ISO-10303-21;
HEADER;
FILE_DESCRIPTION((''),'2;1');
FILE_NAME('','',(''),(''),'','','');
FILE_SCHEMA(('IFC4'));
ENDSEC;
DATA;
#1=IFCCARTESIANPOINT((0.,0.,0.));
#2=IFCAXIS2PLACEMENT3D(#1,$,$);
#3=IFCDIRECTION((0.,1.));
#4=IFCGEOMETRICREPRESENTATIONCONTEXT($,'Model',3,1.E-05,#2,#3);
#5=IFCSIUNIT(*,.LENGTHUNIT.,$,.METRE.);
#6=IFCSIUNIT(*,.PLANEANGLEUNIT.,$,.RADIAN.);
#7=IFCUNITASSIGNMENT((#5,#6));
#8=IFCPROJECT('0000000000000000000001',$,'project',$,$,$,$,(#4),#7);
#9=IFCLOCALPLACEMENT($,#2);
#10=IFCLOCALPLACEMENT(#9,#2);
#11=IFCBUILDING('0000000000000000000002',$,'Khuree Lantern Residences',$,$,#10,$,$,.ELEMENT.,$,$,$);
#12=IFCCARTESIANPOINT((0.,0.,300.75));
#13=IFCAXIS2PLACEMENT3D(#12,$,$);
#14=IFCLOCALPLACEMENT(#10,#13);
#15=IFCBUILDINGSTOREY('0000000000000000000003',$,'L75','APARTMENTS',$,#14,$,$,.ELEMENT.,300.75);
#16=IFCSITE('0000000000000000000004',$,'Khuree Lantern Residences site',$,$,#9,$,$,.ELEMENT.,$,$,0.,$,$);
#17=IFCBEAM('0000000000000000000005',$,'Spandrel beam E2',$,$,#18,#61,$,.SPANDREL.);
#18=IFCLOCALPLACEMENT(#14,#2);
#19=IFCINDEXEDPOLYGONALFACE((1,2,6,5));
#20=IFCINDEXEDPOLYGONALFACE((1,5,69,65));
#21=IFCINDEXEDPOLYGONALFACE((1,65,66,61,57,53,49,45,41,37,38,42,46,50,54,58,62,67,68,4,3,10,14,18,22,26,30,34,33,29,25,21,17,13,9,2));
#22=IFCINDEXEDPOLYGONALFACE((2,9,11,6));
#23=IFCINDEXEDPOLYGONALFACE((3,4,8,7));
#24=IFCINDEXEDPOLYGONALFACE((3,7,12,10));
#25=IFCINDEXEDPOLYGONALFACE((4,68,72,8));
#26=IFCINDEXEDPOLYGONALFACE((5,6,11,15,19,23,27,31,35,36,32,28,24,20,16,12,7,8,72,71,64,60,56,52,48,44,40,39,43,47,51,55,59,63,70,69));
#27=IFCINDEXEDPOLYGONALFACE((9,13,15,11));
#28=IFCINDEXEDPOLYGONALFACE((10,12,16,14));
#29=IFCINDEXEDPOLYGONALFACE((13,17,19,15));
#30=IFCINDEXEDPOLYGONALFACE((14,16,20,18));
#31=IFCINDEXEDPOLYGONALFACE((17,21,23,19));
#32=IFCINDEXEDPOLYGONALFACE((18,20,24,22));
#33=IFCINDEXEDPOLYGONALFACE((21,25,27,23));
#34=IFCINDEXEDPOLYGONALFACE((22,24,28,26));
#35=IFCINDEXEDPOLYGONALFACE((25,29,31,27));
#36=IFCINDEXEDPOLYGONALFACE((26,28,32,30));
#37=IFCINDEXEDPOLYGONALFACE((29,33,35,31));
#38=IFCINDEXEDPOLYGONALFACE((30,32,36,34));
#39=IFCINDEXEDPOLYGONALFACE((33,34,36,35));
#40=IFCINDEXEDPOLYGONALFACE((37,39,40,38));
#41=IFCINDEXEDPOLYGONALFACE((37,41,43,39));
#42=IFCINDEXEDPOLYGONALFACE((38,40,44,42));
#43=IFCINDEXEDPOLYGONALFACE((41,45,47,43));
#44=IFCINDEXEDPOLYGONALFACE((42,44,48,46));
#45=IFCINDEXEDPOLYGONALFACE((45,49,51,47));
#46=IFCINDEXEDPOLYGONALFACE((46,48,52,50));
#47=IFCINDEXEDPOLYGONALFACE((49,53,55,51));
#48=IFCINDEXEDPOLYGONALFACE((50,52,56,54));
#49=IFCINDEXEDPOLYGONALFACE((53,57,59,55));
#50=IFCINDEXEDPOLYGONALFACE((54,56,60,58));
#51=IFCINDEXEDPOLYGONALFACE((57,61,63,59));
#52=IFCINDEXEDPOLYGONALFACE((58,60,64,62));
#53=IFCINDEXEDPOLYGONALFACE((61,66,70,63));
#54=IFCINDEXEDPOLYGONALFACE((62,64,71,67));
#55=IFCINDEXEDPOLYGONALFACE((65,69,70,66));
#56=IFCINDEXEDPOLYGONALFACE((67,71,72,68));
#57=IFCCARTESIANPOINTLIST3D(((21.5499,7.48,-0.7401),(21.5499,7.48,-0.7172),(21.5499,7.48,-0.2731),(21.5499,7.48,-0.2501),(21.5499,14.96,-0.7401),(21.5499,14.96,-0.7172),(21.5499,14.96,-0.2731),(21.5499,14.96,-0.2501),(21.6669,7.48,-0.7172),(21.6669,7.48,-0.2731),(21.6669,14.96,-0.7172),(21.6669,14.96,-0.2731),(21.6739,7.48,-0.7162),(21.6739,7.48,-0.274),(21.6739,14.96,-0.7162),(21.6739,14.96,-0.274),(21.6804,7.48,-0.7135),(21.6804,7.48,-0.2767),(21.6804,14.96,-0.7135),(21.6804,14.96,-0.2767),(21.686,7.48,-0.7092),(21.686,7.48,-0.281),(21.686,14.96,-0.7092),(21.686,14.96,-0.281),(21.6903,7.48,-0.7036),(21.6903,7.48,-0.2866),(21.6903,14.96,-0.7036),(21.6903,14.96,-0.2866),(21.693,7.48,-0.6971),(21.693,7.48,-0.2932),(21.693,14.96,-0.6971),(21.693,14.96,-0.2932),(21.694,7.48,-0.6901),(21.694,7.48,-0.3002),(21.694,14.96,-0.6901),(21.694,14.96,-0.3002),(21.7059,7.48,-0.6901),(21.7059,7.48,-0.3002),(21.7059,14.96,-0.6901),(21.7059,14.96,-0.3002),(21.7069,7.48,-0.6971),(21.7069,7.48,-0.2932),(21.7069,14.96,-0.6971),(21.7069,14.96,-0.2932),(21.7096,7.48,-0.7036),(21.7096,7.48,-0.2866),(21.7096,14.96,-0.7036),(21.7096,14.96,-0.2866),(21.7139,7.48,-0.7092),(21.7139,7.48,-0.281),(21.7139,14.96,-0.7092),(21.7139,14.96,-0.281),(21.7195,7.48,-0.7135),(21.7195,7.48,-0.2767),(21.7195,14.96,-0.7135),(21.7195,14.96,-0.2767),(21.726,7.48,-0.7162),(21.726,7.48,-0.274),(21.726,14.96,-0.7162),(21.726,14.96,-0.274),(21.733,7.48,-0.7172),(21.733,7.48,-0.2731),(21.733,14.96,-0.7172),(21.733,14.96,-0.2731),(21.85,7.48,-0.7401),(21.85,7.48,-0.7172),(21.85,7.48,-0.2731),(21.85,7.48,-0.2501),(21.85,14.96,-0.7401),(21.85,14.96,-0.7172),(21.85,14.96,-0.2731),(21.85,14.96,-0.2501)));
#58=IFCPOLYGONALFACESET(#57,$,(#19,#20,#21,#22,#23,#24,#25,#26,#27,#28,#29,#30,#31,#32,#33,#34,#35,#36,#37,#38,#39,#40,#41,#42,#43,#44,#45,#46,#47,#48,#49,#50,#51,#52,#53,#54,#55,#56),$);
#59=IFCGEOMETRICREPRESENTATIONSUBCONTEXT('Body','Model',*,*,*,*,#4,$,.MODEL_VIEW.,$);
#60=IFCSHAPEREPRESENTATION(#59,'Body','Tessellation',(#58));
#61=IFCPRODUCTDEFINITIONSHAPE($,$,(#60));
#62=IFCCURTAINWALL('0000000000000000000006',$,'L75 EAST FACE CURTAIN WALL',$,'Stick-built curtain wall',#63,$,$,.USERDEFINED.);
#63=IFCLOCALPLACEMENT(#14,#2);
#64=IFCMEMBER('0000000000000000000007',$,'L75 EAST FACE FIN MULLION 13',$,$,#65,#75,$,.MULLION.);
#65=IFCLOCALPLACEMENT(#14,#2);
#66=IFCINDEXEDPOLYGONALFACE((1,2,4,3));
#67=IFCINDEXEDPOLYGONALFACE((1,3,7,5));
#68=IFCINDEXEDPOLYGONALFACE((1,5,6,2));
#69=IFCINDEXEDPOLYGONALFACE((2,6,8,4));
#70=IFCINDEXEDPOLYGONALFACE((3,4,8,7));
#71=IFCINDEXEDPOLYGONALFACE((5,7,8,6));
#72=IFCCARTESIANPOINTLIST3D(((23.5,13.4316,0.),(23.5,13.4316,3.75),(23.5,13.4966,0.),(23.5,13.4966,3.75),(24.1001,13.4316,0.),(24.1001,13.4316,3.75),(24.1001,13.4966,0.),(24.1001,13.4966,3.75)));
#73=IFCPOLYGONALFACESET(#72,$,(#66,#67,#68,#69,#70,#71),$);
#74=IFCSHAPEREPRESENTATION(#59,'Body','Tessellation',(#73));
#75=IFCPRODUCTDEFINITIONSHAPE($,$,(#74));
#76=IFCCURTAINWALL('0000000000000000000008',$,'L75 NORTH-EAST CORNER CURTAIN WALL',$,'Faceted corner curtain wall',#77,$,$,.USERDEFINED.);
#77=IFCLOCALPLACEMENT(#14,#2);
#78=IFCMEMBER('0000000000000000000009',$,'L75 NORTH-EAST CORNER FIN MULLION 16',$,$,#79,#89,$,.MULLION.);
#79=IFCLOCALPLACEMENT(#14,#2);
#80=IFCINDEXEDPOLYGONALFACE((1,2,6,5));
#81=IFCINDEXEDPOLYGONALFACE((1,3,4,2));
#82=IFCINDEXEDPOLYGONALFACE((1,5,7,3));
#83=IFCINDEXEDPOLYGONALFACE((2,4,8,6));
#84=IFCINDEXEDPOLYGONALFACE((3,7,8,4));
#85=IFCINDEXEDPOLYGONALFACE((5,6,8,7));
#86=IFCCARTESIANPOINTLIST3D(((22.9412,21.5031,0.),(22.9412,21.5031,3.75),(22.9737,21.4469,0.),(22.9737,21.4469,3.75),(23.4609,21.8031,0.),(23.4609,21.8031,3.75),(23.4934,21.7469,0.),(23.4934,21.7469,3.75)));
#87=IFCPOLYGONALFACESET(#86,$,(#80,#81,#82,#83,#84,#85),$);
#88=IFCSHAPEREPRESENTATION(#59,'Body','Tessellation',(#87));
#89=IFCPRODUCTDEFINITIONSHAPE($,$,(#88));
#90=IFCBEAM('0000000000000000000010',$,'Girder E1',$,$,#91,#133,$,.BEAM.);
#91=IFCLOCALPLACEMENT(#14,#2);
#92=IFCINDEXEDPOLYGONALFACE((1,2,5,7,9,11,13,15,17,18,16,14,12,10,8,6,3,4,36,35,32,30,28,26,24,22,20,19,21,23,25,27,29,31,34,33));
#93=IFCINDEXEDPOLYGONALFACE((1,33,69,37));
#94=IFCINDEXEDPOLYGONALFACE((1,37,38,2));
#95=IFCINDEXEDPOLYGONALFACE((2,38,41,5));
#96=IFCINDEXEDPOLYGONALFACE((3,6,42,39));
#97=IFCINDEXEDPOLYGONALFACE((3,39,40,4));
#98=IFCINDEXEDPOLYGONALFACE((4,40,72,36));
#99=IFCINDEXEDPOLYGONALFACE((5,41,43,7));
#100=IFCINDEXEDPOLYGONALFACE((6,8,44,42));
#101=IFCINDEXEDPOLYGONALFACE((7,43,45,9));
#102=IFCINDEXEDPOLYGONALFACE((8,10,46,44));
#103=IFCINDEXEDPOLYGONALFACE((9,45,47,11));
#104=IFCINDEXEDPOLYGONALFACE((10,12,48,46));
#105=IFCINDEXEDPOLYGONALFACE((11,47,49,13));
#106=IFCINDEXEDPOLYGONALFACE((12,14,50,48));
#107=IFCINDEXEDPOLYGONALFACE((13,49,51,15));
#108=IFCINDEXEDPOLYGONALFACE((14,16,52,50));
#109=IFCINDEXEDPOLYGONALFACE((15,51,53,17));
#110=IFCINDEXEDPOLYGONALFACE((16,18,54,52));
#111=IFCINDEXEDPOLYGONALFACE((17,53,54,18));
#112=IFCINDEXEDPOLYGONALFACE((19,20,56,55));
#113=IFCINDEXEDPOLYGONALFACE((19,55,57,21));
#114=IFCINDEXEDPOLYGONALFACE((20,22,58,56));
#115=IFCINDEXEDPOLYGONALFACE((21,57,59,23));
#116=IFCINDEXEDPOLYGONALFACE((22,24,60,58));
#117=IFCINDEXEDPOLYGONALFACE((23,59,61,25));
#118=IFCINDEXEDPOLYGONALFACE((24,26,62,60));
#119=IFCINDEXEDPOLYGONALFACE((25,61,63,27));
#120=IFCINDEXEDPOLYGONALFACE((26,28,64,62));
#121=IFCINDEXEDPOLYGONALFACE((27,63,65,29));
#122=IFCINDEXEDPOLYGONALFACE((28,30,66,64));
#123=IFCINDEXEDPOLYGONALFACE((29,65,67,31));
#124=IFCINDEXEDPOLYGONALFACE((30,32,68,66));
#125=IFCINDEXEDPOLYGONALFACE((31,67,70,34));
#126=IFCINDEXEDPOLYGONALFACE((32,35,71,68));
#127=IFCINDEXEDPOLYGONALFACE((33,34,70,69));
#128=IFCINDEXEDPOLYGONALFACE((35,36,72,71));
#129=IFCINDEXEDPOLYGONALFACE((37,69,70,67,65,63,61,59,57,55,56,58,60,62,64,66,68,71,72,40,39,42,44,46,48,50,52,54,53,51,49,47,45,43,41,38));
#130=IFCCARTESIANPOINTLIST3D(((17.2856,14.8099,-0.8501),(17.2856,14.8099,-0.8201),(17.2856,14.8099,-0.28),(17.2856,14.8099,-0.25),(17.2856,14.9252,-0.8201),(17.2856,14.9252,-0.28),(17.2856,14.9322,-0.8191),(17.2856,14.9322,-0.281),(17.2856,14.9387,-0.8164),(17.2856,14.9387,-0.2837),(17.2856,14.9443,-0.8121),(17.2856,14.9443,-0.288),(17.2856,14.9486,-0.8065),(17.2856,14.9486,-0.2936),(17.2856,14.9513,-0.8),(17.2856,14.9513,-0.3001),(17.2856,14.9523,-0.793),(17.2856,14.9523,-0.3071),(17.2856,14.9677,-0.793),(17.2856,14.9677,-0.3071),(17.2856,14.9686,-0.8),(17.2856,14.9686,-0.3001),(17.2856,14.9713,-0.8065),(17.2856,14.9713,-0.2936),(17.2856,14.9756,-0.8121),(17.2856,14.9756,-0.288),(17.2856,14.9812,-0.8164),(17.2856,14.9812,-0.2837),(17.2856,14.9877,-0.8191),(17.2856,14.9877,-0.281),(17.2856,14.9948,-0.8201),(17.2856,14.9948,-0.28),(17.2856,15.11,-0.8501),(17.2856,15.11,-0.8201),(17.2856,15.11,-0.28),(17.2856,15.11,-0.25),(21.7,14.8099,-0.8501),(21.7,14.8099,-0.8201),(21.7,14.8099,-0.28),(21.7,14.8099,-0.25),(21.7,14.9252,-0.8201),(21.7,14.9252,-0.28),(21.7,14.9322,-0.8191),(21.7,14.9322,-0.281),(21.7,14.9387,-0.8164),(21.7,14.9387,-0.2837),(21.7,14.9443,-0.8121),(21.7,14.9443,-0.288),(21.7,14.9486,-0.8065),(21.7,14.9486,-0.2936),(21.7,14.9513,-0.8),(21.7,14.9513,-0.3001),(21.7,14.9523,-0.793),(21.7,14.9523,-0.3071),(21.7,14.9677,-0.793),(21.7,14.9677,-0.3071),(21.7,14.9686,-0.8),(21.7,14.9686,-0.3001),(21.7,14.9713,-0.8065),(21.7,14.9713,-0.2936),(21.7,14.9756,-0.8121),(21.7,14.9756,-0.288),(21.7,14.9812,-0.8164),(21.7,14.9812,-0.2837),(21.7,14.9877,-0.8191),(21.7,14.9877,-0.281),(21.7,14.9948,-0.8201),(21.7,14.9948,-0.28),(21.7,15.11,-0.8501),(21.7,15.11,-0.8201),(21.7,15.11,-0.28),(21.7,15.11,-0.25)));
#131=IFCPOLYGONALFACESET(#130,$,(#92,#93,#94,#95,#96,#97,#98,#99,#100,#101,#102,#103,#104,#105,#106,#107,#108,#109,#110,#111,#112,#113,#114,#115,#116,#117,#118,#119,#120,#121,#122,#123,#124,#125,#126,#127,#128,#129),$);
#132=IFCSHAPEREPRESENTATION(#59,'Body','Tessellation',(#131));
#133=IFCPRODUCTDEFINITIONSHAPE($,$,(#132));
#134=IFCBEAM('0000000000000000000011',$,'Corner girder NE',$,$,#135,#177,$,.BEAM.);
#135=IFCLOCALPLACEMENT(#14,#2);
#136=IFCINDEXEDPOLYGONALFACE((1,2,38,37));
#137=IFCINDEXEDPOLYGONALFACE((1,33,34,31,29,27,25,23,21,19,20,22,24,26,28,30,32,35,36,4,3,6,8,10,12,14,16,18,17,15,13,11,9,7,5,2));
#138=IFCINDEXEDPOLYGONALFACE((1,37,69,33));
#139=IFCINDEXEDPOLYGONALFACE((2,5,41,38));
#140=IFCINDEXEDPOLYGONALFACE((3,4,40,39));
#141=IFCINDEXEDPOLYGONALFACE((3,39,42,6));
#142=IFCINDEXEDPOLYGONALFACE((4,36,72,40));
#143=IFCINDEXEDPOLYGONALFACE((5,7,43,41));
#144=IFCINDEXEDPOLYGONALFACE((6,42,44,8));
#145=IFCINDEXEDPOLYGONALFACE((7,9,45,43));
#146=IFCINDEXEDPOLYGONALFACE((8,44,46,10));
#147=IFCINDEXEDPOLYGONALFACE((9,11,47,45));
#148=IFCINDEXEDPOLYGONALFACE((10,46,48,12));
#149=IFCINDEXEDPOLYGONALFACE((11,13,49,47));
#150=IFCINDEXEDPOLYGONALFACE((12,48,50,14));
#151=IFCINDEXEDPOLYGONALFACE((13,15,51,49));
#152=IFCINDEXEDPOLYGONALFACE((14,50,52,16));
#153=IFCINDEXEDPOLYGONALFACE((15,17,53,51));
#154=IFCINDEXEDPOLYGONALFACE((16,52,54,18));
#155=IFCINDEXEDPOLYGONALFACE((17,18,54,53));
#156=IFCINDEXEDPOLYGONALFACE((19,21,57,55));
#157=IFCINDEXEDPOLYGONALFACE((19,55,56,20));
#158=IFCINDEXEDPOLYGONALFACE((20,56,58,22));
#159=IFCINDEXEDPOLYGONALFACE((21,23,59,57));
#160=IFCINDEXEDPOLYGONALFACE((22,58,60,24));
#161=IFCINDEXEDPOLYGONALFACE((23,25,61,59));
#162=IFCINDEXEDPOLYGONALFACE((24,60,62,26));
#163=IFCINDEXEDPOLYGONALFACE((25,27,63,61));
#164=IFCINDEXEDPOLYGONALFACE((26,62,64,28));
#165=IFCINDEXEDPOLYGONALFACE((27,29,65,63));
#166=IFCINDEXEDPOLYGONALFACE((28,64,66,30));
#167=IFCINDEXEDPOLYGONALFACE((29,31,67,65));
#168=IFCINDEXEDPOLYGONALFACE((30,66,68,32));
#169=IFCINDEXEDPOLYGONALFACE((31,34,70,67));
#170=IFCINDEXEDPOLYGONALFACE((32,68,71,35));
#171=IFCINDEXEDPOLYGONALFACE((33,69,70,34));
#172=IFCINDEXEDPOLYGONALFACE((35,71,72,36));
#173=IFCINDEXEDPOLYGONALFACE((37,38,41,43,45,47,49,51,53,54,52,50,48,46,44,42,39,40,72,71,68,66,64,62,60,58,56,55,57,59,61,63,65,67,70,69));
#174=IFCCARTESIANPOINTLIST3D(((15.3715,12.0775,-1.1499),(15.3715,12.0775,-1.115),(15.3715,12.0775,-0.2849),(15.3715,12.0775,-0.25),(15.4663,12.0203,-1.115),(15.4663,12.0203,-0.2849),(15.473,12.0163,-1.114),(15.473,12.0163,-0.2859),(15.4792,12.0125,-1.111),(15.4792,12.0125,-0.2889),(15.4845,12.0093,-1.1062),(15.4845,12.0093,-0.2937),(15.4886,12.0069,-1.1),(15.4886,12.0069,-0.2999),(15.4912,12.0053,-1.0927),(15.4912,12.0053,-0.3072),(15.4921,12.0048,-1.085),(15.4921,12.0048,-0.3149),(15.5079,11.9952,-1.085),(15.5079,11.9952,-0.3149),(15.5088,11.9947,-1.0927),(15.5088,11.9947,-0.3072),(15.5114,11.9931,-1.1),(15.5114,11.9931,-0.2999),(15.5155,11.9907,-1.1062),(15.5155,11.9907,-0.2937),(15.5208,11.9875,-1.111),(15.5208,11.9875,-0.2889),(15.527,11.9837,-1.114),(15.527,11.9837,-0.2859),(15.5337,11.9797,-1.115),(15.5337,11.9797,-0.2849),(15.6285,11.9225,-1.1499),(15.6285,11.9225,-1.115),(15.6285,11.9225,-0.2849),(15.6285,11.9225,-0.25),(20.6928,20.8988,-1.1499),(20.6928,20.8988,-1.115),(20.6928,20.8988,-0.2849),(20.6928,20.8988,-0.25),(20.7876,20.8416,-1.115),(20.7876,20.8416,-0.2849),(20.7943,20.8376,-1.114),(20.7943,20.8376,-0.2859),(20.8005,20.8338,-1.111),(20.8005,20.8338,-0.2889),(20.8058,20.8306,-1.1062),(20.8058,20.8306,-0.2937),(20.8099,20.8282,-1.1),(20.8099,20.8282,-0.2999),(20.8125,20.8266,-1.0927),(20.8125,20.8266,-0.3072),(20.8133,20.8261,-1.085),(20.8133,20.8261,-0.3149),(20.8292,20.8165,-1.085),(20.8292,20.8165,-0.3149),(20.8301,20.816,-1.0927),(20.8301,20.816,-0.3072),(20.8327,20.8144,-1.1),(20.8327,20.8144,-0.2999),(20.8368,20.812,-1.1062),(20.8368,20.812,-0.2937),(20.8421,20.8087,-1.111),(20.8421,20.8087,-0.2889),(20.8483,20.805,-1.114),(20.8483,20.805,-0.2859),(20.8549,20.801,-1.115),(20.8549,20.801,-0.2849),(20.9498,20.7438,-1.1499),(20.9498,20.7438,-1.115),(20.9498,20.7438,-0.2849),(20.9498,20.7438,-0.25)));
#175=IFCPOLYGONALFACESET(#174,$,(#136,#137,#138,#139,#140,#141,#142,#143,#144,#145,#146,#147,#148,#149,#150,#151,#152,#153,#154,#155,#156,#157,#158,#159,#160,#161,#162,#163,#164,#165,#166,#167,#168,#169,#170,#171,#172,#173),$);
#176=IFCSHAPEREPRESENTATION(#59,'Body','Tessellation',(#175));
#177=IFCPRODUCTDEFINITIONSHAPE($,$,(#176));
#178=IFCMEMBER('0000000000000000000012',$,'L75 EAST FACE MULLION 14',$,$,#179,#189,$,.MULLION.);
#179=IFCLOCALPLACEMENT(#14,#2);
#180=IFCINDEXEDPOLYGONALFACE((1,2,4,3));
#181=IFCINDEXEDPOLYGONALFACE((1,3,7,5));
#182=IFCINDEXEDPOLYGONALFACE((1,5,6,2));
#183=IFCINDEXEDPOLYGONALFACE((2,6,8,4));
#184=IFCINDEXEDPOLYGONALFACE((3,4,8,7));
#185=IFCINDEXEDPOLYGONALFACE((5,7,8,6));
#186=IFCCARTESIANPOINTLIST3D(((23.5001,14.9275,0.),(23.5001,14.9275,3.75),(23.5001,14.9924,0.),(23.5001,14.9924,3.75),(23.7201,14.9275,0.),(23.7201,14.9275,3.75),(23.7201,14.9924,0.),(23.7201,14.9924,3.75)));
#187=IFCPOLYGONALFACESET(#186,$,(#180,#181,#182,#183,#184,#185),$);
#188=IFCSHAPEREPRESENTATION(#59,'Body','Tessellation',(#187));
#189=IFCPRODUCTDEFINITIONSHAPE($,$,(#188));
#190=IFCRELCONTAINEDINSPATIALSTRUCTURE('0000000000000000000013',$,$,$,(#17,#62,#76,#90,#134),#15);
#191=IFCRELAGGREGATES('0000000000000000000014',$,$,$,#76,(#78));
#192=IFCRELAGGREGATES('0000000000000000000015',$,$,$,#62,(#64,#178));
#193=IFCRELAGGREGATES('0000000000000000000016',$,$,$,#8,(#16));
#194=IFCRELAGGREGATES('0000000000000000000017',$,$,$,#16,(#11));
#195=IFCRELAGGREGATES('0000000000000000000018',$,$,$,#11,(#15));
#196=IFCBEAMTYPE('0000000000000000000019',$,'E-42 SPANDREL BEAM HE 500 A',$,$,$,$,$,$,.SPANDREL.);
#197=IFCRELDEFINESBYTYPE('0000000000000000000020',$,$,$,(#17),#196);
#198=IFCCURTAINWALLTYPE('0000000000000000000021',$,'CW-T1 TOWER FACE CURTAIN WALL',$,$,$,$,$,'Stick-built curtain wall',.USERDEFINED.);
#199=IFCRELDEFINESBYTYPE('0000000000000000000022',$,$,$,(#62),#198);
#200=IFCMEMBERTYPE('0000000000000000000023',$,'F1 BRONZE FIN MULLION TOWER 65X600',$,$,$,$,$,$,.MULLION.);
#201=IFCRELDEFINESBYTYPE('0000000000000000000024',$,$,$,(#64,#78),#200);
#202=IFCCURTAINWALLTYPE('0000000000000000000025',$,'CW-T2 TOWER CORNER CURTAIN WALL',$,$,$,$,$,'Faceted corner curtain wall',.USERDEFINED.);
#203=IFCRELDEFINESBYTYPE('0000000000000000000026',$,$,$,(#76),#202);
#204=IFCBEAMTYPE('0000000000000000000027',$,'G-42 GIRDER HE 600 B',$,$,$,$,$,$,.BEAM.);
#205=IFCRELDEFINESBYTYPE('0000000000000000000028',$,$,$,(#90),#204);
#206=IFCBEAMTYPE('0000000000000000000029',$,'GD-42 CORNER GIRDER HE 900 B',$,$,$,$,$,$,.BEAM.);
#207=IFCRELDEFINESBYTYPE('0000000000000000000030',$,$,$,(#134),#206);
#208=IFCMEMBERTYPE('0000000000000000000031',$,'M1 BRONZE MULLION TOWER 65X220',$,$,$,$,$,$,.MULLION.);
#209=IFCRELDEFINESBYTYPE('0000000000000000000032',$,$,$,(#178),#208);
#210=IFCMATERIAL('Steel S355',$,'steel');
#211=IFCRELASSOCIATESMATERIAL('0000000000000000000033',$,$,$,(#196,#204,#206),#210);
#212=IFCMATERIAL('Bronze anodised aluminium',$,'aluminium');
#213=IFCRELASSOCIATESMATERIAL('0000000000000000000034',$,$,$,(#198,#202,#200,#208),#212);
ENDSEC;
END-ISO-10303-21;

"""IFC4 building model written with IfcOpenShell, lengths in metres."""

from ifc_helpers import new_model, si_unit, direction, frame, origin, origin_2d, place, context, subcontext, project, spatial, rectangle, i_section, extrude, material, material_profile, profile_set, type_object, element, aggregate, save


model = new_model("IFC4")

# Units and contexts
model_context = context("Model", 3, precision=1e-05, world=origin(), true_north=direction((0.0, 1.0)))
body_context = subcontext(model_context, "Body", "Model", "MODEL_VIEW")
ifc_project = project(units=[si_unit("LENGTHUNIT", "METRE"), si_unit("PLANEANGLEUNIT", "RADIAN")], contexts=[model_context])

# Site, building, storey
site_placement = place(None, origin())
site = spatial("IfcSite", under=ifc_project, at=site_placement, Name="Khuree Lantern Residences site", CompositionType="ELEMENT", RefElevation=0.0)
building_placement = place(site_placement, origin())
building = spatial("IfcBuilding", under=site, at=building_placement, Name="Khuree Lantern Residences", CompositionType="ELEMENT")
storey_placement = place(building_placement, frame((0.0, 0.0, 300.75)))
storey = spatial("IfcBuildingStorey", under=building, at=storey_placement, Name="L75", Description="APARTMENTS", CompositionType="ELEMENT", Elevation=300.75)

# Beam
ifc_material_1 = material(Name="Steel S355", Category="steel")
ifc_material_profile_1 = material_profile(ifc_material_1, i_section(OverallWidth=0.3, OverallDepth=0.49, WebThickness=0.012, FlangeThickness=0.0229, FilletRadius=0.0271, at=origin_2d()), Name="HE 500 A")
ifc_profile_set_1 = profile_set([ifc_material_profile_1], Name="Steel S355")
beam_type_1 = type_object("IfcBeamType", Name="E-42 SPANDREL BEAM HE 500 A", PredefinedType="SPANDREL", material=ifc_profile_set_1)
beam_1_placement = place(storey_placement, frame((21.7, 14.96, -0.4951), z_axis=(0.0, -1.0, 0.0), x_axis=(1.0, 0.0, 0.0)))
element("IfcBeam", 1, at=beam_1_placement, inside=storey, type_object=beam_type_1, Name="Spandrel beam E2", PredefinedType="SPANDREL", context=body_context, shape_type="SweptSolid", body=[
    extrude(i_section(OverallWidth=0.3, OverallDepth=0.49, WebThickness=0.012, FlangeThickness=0.0229, FilletRadius=0.0271, at=origin_2d()), origin(), (0.0, 0.0, 1.0), 7.48),
])

# Curtain walls, members
ifc_material_2 = material(Name="Bronze anodised aluminium", Category="aluminium")
curtain_wall_type_1 = type_object("IfcCurtainWallType", Name="CW-T1 TOWER FACE CURTAIN WALL", ElementType="Stick-built curtain wall", PredefinedType="USERDEFINED", material=ifc_material_2)
curtain_wall_1_placement = place(storey_placement, origin())
curtain_wall_1 = element("IfcCurtainWall", 2, at=curtain_wall_1_placement, inside=storey, type_object=curtain_wall_type_1, Name="L75 EAST FACE CURTAIN WALL", ObjectType="Stick-built curtain wall", PredefinedType="USERDEFINED")
ifc_material_profile_2 = material_profile(ifc_material_2, rectangle(XDim=0.0649, YDim=0.6001, at=origin_2d()), Name="F1 65X600")
ifc_profile_set_2 = profile_set([ifc_material_profile_2], Name="Bronze anodised aluminium")
member_type_1 = type_object("IfcMemberType", Name="F1 BRONZE FIN MULLION TOWER 65X600", PredefinedType="MULLION", material=ifc_profile_set_2)
member_1_placement = place(storey_placement, frame((23.8, 13.4641, 0.0), z_axis=(0.0, 0.0, 1.0), x_axis=(0.0, 1.0, 0.0)))
member_1 = element("IfcMember", 3, at=member_1_placement, type_object=member_type_1, Name="L75 EAST FACE FIN MULLION 13", PredefinedType="MULLION", context=body_context, shape_type="SweptSolid", body=[
    extrude(rectangle(XDim=0.0649, YDim=0.6001, at=origin_2d()), origin(), (0.0, 0.0, 1.0), 3.75),
])
curtain_wall_type_2 = type_object("IfcCurtainWallType", Name="CW-T2 TOWER CORNER CURTAIN WALL", ElementType="Faceted corner curtain wall", PredefinedType="USERDEFINED", material=ifc_material_2)
curtain_wall_2_placement = place(storey_placement, origin())
curtain_wall_2 = element("IfcCurtainWall", 4, at=curtain_wall_2_placement, inside=storey, type_object=curtain_wall_type_2, Name="L75 NORTH-EAST CORNER CURTAIN WALL", ObjectType="Faceted corner curtain wall", PredefinedType="USERDEFINED")
member_2_placement = place(storey_placement, frame((23.2173, 21.625, 0.0), z_axis=(0.0, 0.0, 1.0), x_axis=(-0.5, 0.866025, 0.0)))
member_2 = element("IfcMember", 5, at=member_2_placement, type_object=member_type_1, Name="L75 NORTH-EAST CORNER FIN MULLION 16", PredefinedType="MULLION", context=body_context, shape_type="SweptSolid", body=[
    extrude(rectangle(XDim=0.0649, YDim=0.6001, at=origin_2d()), origin(), (0.0, 0.0, 1.0), 3.75),
])

# Beams
ifc_material_profile_3 = material_profile(ifc_material_1, i_section(OverallWidth=0.3, OverallDepth=0.6001, WebThickness=0.0154, FlangeThickness=0.03, FilletRadius=0.0271, at=origin_2d()), Name="HE 600 B")
ifc_profile_set_3 = profile_set([ifc_material_profile_3], Name="Steel S355")
beam_type_2 = type_object("IfcBeamType", Name="G-42 GIRDER HE 600 B", PredefinedType="BEAM", material=ifc_profile_set_3)
beam_2_placement = place(storey_placement, frame((21.7, 14.96, -0.55), z_axis=(-1.0, 0.0, 0.0), x_axis=(0.0, -1.0, 0.0)))
element("IfcBeam", 6, at=beam_2_placement, inside=storey, type_object=beam_type_2, Name="Girder E1", PredefinedType="BEAM", context=body_context, shape_type="SweptSolid", body=[
    extrude(i_section(OverallWidth=0.3, OverallDepth=0.6001, WebThickness=0.0154, FlangeThickness=0.03, FilletRadius=0.0271, at=origin_2d()), origin(), (0.0, 0.0, 1.0), 4.4143),
])
ifc_material_profile_4 = material_profile(ifc_material_1, i_section(OverallWidth=0.3, OverallDepth=0.8999, WebThickness=0.0186, FlangeThickness=0.0349, FilletRadius=0.03, at=origin_2d()), Name="HE 900 B")
ifc_profile_set_4 = profile_set([ifc_material_profile_4], Name="Steel S355")
beam_type_3 = type_object("IfcBeamType", Name="GD-42 CORNER GIRDER HE 900 B", PredefinedType="BEAM", material=ifc_profile_set_4)
beam_3_placement = place(storey_placement, frame((20.8213, 20.8213, -0.7), z_axis=(-0.51653, -0.856269, 0.0), x_axis=(0.856269, -0.51653, 0.0)))
element("IfcBeam", 7, at=beam_3_placement, inside=storey, type_object=beam_type_3, Name="Corner girder NE", PredefinedType="BEAM", context=body_context, shape_type="SweptSolid", body=[
    extrude(i_section(OverallWidth=0.3, OverallDepth=0.8999, WebThickness=0.0186, FlangeThickness=0.0349, FilletRadius=0.03, at=origin_2d()), origin(), (0.0, 0.0, 1.0), 10.302),
])

# Member
ifc_material_profile_5 = material_profile(ifc_material_2, rectangle(XDim=0.0649, YDim=0.22, at=origin_2d()), Name="M1 65X220")
ifc_profile_set_5 = profile_set([ifc_material_profile_5], Name="Bronze anodised aluminium")
member_type_2 = type_object("IfcMemberType", Name="M1 BRONZE MULLION TOWER 65X220", PredefinedType="MULLION", material=ifc_profile_set_5)
member_3_placement = place(storey_placement, frame((23.6101, 14.96, 0.0), z_axis=(0.0, 0.0, 1.0), x_axis=(0.0, 1.0, 0.0)))
member_3 = element("IfcMember", 8, at=member_3_placement, type_object=member_type_2, Name="L75 EAST FACE MULLION 14", PredefinedType="MULLION", context=body_context, shape_type="SweptSolid", body=[
    extrude(rectangle(XDim=0.0649, YDim=0.22, at=origin_2d()), origin(), (0.0, 0.0, 1.0), 3.75),
])

aggregate(curtain_wall_2, [member_2])
aggregate(curtain_wall_1, [member_1, member_3])

save(model, "model.ifc")
